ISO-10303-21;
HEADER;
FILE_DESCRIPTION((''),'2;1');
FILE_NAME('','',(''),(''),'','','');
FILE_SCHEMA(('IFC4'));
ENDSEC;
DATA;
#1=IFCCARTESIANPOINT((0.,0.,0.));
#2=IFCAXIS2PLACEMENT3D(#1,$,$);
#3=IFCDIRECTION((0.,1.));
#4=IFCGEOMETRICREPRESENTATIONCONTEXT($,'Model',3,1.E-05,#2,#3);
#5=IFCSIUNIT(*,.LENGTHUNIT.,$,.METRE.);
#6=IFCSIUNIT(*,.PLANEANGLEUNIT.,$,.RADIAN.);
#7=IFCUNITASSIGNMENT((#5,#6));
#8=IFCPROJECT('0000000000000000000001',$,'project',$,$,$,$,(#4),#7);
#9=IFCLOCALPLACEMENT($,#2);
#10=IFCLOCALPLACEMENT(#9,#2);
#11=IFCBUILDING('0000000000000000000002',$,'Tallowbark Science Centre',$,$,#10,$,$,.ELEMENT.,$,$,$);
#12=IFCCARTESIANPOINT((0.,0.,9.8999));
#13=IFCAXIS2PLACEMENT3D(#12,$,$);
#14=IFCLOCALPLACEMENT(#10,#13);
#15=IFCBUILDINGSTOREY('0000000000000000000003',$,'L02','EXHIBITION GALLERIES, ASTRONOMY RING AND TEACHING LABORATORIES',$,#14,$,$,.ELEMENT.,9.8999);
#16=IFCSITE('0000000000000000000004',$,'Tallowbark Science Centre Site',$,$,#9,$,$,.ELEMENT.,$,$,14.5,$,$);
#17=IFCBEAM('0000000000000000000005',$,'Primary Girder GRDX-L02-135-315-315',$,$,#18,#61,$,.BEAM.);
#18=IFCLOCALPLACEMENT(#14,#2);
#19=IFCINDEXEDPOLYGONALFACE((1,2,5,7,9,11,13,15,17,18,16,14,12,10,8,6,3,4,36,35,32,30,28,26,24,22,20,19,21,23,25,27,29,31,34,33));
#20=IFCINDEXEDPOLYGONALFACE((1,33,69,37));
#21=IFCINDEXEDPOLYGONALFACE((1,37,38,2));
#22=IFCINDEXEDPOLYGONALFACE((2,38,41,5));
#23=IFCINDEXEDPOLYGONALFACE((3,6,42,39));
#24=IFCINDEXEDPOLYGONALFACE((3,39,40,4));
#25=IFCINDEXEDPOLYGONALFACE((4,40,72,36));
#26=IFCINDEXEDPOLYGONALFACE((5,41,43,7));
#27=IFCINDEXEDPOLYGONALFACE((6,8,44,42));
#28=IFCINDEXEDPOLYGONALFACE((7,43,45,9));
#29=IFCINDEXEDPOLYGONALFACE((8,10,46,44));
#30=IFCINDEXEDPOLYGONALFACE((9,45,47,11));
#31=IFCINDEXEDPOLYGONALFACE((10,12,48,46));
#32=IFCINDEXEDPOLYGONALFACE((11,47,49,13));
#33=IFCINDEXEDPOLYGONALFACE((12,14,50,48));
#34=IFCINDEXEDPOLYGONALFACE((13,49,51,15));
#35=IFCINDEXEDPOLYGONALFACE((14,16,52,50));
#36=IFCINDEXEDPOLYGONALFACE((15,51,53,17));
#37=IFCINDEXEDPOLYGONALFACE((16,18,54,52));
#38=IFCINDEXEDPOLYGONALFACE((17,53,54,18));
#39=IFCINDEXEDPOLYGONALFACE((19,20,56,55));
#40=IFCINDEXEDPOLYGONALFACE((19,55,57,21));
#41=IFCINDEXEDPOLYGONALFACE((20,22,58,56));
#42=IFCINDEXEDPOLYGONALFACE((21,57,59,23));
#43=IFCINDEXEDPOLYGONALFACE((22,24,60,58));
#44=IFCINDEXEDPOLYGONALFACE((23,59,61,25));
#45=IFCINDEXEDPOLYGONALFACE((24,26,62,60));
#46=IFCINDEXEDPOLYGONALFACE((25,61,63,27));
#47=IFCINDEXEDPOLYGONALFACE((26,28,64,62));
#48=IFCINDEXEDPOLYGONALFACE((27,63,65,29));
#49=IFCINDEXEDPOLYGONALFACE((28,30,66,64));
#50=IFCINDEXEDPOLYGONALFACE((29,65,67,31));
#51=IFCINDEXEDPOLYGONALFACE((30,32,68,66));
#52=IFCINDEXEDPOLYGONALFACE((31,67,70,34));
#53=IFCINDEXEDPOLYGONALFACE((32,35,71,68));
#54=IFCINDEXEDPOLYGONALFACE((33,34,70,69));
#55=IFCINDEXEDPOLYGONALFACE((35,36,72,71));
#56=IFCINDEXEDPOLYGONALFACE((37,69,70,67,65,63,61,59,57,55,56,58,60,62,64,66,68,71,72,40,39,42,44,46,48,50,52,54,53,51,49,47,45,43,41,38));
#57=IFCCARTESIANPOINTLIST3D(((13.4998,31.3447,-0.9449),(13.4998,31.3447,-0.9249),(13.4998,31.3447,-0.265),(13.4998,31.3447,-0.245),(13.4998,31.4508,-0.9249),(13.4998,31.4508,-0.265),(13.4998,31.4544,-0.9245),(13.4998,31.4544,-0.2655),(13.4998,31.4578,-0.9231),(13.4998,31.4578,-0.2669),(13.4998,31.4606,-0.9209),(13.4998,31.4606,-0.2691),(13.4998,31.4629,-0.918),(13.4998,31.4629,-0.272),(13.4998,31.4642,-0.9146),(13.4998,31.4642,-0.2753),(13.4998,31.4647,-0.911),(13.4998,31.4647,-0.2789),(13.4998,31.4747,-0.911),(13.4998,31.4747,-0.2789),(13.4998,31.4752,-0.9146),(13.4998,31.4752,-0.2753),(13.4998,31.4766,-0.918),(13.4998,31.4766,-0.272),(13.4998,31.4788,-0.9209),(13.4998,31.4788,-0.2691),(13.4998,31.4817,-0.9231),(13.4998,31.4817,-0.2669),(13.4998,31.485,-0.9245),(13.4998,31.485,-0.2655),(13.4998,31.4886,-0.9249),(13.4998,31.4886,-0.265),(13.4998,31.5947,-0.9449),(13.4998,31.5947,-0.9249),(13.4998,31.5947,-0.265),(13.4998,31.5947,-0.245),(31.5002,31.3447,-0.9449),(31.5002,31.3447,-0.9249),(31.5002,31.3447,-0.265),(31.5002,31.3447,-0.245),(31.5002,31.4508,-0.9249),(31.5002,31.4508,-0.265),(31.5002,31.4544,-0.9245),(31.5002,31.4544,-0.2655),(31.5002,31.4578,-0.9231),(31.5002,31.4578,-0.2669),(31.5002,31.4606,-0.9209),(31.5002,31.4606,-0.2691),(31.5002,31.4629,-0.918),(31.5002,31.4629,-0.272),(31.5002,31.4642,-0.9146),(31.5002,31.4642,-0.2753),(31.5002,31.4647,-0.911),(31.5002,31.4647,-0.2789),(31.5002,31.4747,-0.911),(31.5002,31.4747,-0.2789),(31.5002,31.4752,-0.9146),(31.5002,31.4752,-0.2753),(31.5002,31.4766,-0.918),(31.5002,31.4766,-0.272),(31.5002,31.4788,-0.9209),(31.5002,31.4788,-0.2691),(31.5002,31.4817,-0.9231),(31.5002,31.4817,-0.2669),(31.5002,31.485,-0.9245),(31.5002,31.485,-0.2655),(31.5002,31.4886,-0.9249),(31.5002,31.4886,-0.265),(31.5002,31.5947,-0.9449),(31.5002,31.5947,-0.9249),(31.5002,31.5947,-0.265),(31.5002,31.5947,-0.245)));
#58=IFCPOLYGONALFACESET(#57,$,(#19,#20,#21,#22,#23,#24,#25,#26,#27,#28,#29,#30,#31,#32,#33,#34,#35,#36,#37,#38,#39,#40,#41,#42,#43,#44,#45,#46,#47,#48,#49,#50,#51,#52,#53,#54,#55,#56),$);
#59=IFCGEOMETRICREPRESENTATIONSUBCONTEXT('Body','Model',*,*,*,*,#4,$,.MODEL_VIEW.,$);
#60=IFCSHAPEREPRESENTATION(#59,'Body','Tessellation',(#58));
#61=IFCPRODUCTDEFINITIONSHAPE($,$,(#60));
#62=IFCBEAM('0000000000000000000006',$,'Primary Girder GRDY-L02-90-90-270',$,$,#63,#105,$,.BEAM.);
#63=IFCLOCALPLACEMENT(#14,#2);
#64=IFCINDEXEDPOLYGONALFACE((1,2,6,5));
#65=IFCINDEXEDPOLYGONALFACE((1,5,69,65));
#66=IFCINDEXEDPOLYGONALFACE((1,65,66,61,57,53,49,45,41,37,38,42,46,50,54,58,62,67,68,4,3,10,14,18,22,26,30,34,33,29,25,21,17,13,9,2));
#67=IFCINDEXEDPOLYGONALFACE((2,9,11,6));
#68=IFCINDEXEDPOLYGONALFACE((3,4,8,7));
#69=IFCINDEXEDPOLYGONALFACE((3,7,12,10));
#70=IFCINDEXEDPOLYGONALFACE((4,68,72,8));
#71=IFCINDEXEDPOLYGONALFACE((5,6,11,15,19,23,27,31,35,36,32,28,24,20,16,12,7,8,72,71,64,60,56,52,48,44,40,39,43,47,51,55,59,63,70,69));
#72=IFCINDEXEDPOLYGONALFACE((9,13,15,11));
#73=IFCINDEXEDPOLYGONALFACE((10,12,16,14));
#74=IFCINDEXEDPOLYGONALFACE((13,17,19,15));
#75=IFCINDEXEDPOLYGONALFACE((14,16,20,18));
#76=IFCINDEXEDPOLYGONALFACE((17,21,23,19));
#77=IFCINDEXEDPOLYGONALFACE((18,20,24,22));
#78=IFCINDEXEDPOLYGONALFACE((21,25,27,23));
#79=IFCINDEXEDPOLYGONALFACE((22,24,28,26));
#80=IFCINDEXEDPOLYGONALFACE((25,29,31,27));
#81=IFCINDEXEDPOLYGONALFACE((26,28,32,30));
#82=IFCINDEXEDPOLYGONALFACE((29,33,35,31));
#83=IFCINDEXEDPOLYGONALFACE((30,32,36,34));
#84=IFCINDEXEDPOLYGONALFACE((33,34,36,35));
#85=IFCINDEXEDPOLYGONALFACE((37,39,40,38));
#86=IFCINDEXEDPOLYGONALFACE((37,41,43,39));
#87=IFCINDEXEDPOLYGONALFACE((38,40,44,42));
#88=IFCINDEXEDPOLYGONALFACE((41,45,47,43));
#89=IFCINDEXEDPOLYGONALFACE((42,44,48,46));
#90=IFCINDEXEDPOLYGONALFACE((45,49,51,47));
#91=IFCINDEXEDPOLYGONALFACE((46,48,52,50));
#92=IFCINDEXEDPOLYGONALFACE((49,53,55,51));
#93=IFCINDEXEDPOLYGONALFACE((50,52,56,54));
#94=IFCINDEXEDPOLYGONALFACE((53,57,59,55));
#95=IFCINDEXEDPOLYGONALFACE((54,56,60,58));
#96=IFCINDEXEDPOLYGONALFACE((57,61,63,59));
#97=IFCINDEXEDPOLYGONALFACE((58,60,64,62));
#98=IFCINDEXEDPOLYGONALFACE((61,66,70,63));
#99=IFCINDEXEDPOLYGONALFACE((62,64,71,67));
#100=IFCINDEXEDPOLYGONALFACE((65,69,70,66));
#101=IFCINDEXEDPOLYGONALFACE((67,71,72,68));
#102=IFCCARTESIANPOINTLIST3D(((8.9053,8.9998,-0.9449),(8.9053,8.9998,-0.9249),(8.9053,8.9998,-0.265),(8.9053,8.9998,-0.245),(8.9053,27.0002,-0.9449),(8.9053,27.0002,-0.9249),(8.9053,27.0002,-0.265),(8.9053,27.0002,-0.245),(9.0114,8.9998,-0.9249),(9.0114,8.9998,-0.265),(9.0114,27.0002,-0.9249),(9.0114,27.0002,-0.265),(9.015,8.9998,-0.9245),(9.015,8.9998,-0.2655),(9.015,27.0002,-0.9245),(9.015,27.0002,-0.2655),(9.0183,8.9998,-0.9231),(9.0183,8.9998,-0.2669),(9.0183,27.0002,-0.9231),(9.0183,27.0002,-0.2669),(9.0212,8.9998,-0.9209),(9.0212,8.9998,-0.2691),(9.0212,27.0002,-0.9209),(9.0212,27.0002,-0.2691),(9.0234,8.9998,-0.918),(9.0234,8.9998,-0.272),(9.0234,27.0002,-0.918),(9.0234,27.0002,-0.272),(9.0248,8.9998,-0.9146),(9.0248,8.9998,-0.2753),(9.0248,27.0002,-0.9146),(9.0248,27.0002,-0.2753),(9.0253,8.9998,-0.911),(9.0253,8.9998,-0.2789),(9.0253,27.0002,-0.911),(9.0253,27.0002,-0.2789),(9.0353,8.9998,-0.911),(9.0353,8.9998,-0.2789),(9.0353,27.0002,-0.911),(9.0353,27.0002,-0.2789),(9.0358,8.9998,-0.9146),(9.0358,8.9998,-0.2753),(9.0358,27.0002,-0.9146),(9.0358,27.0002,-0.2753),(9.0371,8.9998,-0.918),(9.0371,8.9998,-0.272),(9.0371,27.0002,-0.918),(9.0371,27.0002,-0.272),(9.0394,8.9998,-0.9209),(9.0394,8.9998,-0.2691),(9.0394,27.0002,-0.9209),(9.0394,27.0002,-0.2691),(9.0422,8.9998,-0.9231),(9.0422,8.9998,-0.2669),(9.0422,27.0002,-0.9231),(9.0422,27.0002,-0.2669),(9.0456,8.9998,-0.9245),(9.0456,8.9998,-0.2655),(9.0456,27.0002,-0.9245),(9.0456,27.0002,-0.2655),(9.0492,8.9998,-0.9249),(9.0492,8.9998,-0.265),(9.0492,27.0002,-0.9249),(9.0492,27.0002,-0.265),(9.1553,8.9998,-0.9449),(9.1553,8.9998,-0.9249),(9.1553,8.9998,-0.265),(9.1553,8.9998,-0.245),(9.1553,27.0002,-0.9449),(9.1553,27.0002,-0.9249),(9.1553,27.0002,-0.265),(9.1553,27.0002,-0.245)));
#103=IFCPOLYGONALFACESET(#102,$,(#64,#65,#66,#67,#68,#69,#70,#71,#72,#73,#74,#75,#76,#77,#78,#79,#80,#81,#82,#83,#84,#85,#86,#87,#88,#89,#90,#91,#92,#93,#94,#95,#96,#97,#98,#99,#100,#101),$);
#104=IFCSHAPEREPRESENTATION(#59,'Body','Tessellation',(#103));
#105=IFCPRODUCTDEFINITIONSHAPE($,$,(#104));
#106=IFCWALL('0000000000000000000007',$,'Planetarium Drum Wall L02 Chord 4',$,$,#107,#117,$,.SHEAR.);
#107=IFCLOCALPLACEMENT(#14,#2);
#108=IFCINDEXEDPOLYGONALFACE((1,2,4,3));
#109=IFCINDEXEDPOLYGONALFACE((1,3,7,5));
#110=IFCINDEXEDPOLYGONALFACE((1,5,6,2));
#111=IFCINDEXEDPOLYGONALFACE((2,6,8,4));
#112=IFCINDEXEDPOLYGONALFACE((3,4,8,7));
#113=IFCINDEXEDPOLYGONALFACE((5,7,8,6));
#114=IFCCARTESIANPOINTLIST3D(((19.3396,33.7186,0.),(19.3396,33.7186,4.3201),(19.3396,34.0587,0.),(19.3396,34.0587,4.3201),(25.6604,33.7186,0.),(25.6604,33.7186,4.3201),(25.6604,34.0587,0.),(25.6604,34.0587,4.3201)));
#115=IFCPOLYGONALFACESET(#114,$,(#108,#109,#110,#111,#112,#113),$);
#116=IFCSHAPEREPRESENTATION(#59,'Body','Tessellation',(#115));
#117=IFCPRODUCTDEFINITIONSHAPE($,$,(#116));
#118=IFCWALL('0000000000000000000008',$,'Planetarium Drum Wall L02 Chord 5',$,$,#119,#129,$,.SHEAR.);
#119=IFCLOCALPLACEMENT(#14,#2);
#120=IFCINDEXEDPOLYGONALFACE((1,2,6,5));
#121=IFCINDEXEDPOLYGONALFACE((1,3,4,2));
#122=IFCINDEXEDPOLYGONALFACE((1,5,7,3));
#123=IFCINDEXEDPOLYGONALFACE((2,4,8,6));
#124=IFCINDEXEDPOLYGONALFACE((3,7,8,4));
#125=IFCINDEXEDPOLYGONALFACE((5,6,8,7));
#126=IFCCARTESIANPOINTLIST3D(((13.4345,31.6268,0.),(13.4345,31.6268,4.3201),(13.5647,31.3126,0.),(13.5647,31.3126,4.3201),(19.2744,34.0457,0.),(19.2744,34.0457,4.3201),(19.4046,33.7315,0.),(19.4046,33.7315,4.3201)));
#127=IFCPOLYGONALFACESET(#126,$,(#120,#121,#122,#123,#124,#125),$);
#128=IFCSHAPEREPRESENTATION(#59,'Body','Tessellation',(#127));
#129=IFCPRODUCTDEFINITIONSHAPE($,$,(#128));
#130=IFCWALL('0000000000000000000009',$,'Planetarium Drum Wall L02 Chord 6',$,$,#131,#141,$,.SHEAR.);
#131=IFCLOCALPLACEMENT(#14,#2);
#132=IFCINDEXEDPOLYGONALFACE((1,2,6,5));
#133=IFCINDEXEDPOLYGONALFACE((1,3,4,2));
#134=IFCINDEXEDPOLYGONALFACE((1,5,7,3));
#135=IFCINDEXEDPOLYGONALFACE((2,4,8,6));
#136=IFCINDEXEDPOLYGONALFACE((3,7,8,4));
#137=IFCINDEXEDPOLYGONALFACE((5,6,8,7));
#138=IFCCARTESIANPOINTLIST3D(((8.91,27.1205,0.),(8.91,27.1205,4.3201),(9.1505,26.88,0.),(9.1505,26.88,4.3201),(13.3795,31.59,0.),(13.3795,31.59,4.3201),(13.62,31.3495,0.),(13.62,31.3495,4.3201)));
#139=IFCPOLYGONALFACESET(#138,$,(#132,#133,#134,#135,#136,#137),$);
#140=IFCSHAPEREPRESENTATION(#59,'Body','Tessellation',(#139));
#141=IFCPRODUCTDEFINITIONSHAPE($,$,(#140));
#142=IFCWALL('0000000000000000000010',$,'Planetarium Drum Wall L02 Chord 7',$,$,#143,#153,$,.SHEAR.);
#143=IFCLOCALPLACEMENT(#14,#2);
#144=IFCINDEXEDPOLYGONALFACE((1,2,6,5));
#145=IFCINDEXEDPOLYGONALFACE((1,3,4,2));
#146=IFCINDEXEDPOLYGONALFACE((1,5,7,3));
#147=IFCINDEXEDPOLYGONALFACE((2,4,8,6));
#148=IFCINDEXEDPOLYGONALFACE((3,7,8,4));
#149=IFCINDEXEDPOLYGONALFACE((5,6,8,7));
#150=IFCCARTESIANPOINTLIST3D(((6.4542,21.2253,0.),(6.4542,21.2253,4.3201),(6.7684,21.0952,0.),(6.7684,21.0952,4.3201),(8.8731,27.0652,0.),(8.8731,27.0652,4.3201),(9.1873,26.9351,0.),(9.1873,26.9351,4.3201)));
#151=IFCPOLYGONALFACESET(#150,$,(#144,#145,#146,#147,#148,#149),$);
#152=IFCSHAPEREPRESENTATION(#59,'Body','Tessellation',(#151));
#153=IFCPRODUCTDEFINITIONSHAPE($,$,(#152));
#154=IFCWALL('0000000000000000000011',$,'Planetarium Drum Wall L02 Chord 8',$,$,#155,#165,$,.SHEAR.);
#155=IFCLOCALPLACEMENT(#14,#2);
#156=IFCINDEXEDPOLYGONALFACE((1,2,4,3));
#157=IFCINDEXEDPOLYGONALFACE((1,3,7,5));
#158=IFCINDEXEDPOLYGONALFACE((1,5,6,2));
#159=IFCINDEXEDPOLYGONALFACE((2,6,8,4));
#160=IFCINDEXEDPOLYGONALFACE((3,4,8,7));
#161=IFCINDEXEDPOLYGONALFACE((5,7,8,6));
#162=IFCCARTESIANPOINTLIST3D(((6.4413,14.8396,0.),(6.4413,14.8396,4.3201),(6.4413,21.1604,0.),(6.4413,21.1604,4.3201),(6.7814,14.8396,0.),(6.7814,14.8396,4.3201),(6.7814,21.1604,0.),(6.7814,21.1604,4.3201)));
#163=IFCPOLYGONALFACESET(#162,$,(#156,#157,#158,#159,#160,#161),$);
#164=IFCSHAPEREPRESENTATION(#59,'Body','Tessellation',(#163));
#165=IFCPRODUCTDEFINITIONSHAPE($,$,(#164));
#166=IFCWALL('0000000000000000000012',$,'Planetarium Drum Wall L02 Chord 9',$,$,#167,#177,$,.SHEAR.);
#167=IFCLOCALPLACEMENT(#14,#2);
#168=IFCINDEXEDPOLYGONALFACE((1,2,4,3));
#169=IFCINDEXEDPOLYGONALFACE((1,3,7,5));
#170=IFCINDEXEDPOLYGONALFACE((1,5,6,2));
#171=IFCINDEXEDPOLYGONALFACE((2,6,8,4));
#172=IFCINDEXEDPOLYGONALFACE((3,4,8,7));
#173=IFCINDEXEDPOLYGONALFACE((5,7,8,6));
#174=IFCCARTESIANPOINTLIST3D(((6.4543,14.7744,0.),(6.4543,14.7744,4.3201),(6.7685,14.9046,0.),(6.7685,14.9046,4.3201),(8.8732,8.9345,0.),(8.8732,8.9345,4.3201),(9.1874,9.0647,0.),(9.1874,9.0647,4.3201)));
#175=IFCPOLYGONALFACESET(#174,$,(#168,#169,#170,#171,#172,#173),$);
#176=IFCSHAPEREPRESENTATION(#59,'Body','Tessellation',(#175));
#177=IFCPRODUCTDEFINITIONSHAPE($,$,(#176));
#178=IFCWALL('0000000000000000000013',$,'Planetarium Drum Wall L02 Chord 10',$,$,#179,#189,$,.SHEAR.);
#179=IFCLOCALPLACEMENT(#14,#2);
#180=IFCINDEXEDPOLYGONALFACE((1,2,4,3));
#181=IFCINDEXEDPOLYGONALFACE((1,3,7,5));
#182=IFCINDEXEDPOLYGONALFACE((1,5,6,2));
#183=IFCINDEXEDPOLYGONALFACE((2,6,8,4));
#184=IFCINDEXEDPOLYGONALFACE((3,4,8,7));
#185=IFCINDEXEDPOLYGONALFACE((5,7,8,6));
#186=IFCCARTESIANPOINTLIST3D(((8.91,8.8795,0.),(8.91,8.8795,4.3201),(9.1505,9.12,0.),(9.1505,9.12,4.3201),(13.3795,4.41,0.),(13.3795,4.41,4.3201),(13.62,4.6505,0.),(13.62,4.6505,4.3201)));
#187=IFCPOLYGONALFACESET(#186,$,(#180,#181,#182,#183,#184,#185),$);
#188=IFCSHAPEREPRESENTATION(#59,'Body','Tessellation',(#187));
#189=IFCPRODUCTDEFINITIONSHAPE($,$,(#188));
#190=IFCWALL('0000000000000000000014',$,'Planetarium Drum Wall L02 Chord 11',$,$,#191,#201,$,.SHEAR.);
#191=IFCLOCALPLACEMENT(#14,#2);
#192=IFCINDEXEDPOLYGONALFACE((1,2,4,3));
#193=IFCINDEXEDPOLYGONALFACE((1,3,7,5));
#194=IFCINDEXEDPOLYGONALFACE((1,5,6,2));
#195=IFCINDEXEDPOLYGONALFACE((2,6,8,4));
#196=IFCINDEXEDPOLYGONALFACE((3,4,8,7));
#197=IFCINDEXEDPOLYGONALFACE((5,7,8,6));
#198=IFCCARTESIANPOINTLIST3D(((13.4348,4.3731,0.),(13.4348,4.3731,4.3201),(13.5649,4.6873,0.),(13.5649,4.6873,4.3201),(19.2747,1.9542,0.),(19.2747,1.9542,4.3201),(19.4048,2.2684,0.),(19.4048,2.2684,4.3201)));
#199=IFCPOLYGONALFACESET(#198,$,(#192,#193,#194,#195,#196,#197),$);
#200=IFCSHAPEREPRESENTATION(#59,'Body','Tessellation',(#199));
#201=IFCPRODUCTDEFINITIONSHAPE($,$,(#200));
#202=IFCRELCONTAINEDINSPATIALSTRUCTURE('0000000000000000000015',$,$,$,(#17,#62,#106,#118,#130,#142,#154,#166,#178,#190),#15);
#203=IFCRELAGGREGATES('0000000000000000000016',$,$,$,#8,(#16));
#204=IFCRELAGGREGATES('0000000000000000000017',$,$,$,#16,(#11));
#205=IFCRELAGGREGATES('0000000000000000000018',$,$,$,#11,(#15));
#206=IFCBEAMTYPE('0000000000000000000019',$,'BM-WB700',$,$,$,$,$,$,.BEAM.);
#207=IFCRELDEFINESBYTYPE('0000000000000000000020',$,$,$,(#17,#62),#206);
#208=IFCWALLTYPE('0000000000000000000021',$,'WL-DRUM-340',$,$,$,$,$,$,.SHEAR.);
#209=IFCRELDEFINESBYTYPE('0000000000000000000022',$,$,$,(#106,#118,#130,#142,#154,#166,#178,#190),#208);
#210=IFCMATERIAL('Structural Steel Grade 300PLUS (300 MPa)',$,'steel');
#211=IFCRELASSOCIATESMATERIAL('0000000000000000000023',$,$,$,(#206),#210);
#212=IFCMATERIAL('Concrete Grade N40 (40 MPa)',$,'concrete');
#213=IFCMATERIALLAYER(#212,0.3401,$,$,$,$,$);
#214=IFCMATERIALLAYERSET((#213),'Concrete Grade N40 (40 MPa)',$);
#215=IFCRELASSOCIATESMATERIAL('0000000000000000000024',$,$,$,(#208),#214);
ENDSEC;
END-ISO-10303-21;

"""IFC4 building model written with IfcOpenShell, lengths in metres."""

from ifc_helpers import new_model, si_unit, direction, frame, frame_2d, origin, origin_2d, place, context, subcontext, project, spatial, rectangle, i_section, extrude, material, layer, layer_set, material_profile, profile_set, type_object, element, save


model = new_model("IFC4")

# Units and contexts
model_context = context("Model", 3, precision=1e-05, world=origin(), true_north=direction((0.0, 1.0)))
body_context = subcontext(model_context, "Body", "Model", "MODEL_VIEW")
ifc_project = project(units=[si_unit("LENGTHUNIT", "METRE"), si_unit("PLANEANGLEUNIT", "RADIAN")], contexts=[model_context])

# Site, building, storey
site_placement = place(None, origin())
site = spatial("IfcSite", under=ifc_project, at=site_placement, Name="Tallowbark Science Centre Site", CompositionType="ELEMENT", RefElevation=14.5)
building_placement = place(site_placement, origin())
building = spatial("IfcBuilding", under=site, at=building_placement, Name="Tallowbark Science Centre", CompositionType="ELEMENT")
storey_placement = place(building_placement, frame((0.0, 0.0, 9.8999)))
storey = spatial("IfcBuildingStorey", under=building, at=storey_placement, Name="L02", Description="EXHIBITION GALLERIES, ASTRONOMY RING AND TEACHING LABORATORIES", CompositionType="ELEMENT", Elevation=9.8999)

# Shared definitions
ifc_material_1 = material(Name="Structural Steel Grade 300PLUS (300 MPa)", Category="steel")

# Beams
ifc_material_profile_1 = material_profile(ifc_material_1, i_section(OverallWidth=0.25, OverallDepth=0.7, WebThickness=0.01, FlangeThickness=0.02, FilletRadius=0.0139, at=origin_2d()), Name="700WB130")
ifc_profile_set_1 = profile_set([ifc_material_profile_1], Name="Structural Steel Grade 300PLUS (300 MPa)")
beam_type_1 = type_object("IfcBeamType", Name="BM-WB700", PredefinedType="BEAM", material=ifc_profile_set_1)
for number, where, z_axis, x_axis, name in (
    (1, (13.4998, 31.4697, -0.595), (1.0, 0.0, 0.0), (0.0, 1.0, 0.0), "Primary Girder GRDX-L02-135-315-315"),
    (2, (9.0303, 8.9998, -0.595), (0.0, 1.0, 0.0), (-1.0, 0.0, 0.0), "Primary Girder GRDY-L02-90-90-270"),
):
    element("IfcBeam", number, at=place(storey_placement, frame(where, z_axis=z_axis, x_axis=x_axis)), inside=storey, type_object=beam_type_1, Name=name, PredefinedType="BEAM", context=body_context, shape_type="SweptSolid", body=[
        extrude(i_section(OverallWidth=0.25, OverallDepth=0.7, WebThickness=0.01, FlangeThickness=0.02, FilletRadius=0.0139, at=origin_2d()), origin(), (0.0, 0.0, 1.0), 18.0005),
    ])

# Walls
ifc_material_2 = material(Name="Concrete Grade N40 (40 MPa)", Category="concrete")
ifc_layer_1 = layer(ifc_material_2, 0.3401)
ifc_layer_set_1 = layer_set([ifc_layer_1], Name="Concrete Grade N40 (40 MPa)")
wall_type = type_object("IfcWallType", Name="WL-DRUM-340", PredefinedType="SHEAR", material=ifc_layer_set_1)
wall_1_placement = place(storey_placement, frame((25.6604, 33.8887, 0.0), z_axis=(0.0, 0.0, 1.0), x_axis=(-1.0, 0.0, 0.0)))
element("IfcWall", 3, at=wall_1_placement, inside=storey, type_object=wall_type, Name="Planetarium Drum Wall L02 Chord 4", PredefinedType="SHEAR", context=body_context, shape_type="SweptSolid", body=[
    extrude(rectangle(XDim=6.3208, YDim=0.3401, at=frame_2d((3.1604, 0.0))), origin(), (0.0, 0.0, 1.0), 4.3201),
])
wall_2_placement = place(storey_placement, frame((19.3396, 33.8887, 0.0), z_axis=(0.0, 0.0, 1.0), x_axis=(-0.923879, -0.382684, 0.0)))
element("IfcWall", 4, at=wall_2_placement, inside=storey, type_object=wall_type, Name="Planetarium Drum Wall L02 Chord 5", PredefinedType="SHEAR", context=body_context, shape_type="SweptSolid", body=[
    extrude(rectangle(XDim=6.321, YDim=0.3401, at=frame_2d((3.1606, 0.0))), origin(), (0.0, 0.0, 1.0), 4.3201),
])
wall_3_placement = place(storey_placement, frame((13.4998, 31.4697, 0.0), z_axis=(0.0, 0.0, 1.0), x_axis=(-0.707107, -0.707107, 0.0)))
element("IfcWall", 5, at=wall_3_placement, inside=storey, type_object=wall_type, Name="Planetarium Drum Wall L02 Chord 6", PredefinedType="SHEAR", context=body_context, shape_type="SweptSolid", body=[
    extrude(rectangle(XDim=6.3208, YDim=0.3401, at=frame_2d((3.1604, 0.0))), origin(), (0.0, 0.0, 1.0), 4.3201),
])
wall_4_placement = place(storey_placement, frame((9.0303, 27.0002, 0.0), z_axis=(0.0, 0.0, 1.0), x_axis=(-0.382684, -0.923879, 0.0)))
element("IfcWall", 6, at=wall_4_placement, inside=storey, type_object=wall_type, Name="Planetarium Drum Wall L02 Chord 7", PredefinedType="SHEAR", context=body_context, shape_type="SweptSolid", body=[
    extrude(rectangle(XDim=6.321, YDim=0.3401, at=frame_2d((3.1606, 0.0))), origin(), (0.0, 0.0, 1.0), 4.3201),
])
wall_5_placement = place(storey_placement, frame((6.6113, 21.1604, 0.0), z_axis=(0.0, 0.0, 1.0), x_axis=(0.0, -1.0, 0.0)))
element("IfcWall", 7, at=wall_5_placement, inside=storey, type_object=wall_type, Name="Planetarium Drum Wall L02 Chord 8", PredefinedType="SHEAR", context=body_context, shape_type="SweptSolid", body=[
    extrude(rectangle(XDim=6.3208, YDim=0.3401, at=frame_2d((3.1604, 0.0))), origin(), (0.0, 0.0, 1.0), 4.3201),
])
wall_6_placement = place(storey_placement, frame((6.6113, 14.8396, 0.0), z_axis=(0.0, 0.0, 1.0), x_axis=(0.382684, -0.923879, 0.0)))
element("IfcWall", 8, at=wall_6_placement, inside=storey, type_object=wall_type, Name="Planetarium Drum Wall L02 Chord 9", PredefinedType="SHEAR", context=body_context, shape_type="SweptSolid", body=[
    extrude(rectangle(XDim=6.321, YDim=0.3401, at=frame_2d((3.1606, 0.0))), origin(), (0.0, 0.0, 1.0), 4.3201),
])
wall_7_placement = place(storey_placement, frame((9.0303, 8.9998, 0.0), z_axis=(0.0, 0.0, 1.0), x_axis=(0.707107, -0.707107, 0.0)))
element("IfcWall", 9, at=wall_7_placement, inside=storey, type_object=wall_type, Name="Planetarium Drum Wall L02 Chord 10", PredefinedType="SHEAR", context=body_context, shape_type="SweptSolid", body=[
    extrude(rectangle(XDim=6.3208, YDim=0.3401, at=frame_2d((3.1604, 0.0))), origin(), (0.0, 0.0, 1.0), 4.3201),
])
wall_8_placement = place(storey_placement, frame((13.4998, 4.5303, 0.0), z_axis=(0.0, 0.0, 1.0), x_axis=(0.923879, -0.382684, 0.0)))
element("IfcWall", 10, at=wall_8_placement, inside=storey, type_object=wall_type, Name="Planetarium Drum Wall L02 Chord 11", PredefinedType="SHEAR", context=body_context, shape_type="SweptSolid", body=[
    extrude(rectangle(XDim=6.321, YDim=0.3401, at=frame_2d((3.1606, 0.0))), origin(), (0.0, 0.0, 1.0), 4.3201),
])

save(model, "model.ifc")
